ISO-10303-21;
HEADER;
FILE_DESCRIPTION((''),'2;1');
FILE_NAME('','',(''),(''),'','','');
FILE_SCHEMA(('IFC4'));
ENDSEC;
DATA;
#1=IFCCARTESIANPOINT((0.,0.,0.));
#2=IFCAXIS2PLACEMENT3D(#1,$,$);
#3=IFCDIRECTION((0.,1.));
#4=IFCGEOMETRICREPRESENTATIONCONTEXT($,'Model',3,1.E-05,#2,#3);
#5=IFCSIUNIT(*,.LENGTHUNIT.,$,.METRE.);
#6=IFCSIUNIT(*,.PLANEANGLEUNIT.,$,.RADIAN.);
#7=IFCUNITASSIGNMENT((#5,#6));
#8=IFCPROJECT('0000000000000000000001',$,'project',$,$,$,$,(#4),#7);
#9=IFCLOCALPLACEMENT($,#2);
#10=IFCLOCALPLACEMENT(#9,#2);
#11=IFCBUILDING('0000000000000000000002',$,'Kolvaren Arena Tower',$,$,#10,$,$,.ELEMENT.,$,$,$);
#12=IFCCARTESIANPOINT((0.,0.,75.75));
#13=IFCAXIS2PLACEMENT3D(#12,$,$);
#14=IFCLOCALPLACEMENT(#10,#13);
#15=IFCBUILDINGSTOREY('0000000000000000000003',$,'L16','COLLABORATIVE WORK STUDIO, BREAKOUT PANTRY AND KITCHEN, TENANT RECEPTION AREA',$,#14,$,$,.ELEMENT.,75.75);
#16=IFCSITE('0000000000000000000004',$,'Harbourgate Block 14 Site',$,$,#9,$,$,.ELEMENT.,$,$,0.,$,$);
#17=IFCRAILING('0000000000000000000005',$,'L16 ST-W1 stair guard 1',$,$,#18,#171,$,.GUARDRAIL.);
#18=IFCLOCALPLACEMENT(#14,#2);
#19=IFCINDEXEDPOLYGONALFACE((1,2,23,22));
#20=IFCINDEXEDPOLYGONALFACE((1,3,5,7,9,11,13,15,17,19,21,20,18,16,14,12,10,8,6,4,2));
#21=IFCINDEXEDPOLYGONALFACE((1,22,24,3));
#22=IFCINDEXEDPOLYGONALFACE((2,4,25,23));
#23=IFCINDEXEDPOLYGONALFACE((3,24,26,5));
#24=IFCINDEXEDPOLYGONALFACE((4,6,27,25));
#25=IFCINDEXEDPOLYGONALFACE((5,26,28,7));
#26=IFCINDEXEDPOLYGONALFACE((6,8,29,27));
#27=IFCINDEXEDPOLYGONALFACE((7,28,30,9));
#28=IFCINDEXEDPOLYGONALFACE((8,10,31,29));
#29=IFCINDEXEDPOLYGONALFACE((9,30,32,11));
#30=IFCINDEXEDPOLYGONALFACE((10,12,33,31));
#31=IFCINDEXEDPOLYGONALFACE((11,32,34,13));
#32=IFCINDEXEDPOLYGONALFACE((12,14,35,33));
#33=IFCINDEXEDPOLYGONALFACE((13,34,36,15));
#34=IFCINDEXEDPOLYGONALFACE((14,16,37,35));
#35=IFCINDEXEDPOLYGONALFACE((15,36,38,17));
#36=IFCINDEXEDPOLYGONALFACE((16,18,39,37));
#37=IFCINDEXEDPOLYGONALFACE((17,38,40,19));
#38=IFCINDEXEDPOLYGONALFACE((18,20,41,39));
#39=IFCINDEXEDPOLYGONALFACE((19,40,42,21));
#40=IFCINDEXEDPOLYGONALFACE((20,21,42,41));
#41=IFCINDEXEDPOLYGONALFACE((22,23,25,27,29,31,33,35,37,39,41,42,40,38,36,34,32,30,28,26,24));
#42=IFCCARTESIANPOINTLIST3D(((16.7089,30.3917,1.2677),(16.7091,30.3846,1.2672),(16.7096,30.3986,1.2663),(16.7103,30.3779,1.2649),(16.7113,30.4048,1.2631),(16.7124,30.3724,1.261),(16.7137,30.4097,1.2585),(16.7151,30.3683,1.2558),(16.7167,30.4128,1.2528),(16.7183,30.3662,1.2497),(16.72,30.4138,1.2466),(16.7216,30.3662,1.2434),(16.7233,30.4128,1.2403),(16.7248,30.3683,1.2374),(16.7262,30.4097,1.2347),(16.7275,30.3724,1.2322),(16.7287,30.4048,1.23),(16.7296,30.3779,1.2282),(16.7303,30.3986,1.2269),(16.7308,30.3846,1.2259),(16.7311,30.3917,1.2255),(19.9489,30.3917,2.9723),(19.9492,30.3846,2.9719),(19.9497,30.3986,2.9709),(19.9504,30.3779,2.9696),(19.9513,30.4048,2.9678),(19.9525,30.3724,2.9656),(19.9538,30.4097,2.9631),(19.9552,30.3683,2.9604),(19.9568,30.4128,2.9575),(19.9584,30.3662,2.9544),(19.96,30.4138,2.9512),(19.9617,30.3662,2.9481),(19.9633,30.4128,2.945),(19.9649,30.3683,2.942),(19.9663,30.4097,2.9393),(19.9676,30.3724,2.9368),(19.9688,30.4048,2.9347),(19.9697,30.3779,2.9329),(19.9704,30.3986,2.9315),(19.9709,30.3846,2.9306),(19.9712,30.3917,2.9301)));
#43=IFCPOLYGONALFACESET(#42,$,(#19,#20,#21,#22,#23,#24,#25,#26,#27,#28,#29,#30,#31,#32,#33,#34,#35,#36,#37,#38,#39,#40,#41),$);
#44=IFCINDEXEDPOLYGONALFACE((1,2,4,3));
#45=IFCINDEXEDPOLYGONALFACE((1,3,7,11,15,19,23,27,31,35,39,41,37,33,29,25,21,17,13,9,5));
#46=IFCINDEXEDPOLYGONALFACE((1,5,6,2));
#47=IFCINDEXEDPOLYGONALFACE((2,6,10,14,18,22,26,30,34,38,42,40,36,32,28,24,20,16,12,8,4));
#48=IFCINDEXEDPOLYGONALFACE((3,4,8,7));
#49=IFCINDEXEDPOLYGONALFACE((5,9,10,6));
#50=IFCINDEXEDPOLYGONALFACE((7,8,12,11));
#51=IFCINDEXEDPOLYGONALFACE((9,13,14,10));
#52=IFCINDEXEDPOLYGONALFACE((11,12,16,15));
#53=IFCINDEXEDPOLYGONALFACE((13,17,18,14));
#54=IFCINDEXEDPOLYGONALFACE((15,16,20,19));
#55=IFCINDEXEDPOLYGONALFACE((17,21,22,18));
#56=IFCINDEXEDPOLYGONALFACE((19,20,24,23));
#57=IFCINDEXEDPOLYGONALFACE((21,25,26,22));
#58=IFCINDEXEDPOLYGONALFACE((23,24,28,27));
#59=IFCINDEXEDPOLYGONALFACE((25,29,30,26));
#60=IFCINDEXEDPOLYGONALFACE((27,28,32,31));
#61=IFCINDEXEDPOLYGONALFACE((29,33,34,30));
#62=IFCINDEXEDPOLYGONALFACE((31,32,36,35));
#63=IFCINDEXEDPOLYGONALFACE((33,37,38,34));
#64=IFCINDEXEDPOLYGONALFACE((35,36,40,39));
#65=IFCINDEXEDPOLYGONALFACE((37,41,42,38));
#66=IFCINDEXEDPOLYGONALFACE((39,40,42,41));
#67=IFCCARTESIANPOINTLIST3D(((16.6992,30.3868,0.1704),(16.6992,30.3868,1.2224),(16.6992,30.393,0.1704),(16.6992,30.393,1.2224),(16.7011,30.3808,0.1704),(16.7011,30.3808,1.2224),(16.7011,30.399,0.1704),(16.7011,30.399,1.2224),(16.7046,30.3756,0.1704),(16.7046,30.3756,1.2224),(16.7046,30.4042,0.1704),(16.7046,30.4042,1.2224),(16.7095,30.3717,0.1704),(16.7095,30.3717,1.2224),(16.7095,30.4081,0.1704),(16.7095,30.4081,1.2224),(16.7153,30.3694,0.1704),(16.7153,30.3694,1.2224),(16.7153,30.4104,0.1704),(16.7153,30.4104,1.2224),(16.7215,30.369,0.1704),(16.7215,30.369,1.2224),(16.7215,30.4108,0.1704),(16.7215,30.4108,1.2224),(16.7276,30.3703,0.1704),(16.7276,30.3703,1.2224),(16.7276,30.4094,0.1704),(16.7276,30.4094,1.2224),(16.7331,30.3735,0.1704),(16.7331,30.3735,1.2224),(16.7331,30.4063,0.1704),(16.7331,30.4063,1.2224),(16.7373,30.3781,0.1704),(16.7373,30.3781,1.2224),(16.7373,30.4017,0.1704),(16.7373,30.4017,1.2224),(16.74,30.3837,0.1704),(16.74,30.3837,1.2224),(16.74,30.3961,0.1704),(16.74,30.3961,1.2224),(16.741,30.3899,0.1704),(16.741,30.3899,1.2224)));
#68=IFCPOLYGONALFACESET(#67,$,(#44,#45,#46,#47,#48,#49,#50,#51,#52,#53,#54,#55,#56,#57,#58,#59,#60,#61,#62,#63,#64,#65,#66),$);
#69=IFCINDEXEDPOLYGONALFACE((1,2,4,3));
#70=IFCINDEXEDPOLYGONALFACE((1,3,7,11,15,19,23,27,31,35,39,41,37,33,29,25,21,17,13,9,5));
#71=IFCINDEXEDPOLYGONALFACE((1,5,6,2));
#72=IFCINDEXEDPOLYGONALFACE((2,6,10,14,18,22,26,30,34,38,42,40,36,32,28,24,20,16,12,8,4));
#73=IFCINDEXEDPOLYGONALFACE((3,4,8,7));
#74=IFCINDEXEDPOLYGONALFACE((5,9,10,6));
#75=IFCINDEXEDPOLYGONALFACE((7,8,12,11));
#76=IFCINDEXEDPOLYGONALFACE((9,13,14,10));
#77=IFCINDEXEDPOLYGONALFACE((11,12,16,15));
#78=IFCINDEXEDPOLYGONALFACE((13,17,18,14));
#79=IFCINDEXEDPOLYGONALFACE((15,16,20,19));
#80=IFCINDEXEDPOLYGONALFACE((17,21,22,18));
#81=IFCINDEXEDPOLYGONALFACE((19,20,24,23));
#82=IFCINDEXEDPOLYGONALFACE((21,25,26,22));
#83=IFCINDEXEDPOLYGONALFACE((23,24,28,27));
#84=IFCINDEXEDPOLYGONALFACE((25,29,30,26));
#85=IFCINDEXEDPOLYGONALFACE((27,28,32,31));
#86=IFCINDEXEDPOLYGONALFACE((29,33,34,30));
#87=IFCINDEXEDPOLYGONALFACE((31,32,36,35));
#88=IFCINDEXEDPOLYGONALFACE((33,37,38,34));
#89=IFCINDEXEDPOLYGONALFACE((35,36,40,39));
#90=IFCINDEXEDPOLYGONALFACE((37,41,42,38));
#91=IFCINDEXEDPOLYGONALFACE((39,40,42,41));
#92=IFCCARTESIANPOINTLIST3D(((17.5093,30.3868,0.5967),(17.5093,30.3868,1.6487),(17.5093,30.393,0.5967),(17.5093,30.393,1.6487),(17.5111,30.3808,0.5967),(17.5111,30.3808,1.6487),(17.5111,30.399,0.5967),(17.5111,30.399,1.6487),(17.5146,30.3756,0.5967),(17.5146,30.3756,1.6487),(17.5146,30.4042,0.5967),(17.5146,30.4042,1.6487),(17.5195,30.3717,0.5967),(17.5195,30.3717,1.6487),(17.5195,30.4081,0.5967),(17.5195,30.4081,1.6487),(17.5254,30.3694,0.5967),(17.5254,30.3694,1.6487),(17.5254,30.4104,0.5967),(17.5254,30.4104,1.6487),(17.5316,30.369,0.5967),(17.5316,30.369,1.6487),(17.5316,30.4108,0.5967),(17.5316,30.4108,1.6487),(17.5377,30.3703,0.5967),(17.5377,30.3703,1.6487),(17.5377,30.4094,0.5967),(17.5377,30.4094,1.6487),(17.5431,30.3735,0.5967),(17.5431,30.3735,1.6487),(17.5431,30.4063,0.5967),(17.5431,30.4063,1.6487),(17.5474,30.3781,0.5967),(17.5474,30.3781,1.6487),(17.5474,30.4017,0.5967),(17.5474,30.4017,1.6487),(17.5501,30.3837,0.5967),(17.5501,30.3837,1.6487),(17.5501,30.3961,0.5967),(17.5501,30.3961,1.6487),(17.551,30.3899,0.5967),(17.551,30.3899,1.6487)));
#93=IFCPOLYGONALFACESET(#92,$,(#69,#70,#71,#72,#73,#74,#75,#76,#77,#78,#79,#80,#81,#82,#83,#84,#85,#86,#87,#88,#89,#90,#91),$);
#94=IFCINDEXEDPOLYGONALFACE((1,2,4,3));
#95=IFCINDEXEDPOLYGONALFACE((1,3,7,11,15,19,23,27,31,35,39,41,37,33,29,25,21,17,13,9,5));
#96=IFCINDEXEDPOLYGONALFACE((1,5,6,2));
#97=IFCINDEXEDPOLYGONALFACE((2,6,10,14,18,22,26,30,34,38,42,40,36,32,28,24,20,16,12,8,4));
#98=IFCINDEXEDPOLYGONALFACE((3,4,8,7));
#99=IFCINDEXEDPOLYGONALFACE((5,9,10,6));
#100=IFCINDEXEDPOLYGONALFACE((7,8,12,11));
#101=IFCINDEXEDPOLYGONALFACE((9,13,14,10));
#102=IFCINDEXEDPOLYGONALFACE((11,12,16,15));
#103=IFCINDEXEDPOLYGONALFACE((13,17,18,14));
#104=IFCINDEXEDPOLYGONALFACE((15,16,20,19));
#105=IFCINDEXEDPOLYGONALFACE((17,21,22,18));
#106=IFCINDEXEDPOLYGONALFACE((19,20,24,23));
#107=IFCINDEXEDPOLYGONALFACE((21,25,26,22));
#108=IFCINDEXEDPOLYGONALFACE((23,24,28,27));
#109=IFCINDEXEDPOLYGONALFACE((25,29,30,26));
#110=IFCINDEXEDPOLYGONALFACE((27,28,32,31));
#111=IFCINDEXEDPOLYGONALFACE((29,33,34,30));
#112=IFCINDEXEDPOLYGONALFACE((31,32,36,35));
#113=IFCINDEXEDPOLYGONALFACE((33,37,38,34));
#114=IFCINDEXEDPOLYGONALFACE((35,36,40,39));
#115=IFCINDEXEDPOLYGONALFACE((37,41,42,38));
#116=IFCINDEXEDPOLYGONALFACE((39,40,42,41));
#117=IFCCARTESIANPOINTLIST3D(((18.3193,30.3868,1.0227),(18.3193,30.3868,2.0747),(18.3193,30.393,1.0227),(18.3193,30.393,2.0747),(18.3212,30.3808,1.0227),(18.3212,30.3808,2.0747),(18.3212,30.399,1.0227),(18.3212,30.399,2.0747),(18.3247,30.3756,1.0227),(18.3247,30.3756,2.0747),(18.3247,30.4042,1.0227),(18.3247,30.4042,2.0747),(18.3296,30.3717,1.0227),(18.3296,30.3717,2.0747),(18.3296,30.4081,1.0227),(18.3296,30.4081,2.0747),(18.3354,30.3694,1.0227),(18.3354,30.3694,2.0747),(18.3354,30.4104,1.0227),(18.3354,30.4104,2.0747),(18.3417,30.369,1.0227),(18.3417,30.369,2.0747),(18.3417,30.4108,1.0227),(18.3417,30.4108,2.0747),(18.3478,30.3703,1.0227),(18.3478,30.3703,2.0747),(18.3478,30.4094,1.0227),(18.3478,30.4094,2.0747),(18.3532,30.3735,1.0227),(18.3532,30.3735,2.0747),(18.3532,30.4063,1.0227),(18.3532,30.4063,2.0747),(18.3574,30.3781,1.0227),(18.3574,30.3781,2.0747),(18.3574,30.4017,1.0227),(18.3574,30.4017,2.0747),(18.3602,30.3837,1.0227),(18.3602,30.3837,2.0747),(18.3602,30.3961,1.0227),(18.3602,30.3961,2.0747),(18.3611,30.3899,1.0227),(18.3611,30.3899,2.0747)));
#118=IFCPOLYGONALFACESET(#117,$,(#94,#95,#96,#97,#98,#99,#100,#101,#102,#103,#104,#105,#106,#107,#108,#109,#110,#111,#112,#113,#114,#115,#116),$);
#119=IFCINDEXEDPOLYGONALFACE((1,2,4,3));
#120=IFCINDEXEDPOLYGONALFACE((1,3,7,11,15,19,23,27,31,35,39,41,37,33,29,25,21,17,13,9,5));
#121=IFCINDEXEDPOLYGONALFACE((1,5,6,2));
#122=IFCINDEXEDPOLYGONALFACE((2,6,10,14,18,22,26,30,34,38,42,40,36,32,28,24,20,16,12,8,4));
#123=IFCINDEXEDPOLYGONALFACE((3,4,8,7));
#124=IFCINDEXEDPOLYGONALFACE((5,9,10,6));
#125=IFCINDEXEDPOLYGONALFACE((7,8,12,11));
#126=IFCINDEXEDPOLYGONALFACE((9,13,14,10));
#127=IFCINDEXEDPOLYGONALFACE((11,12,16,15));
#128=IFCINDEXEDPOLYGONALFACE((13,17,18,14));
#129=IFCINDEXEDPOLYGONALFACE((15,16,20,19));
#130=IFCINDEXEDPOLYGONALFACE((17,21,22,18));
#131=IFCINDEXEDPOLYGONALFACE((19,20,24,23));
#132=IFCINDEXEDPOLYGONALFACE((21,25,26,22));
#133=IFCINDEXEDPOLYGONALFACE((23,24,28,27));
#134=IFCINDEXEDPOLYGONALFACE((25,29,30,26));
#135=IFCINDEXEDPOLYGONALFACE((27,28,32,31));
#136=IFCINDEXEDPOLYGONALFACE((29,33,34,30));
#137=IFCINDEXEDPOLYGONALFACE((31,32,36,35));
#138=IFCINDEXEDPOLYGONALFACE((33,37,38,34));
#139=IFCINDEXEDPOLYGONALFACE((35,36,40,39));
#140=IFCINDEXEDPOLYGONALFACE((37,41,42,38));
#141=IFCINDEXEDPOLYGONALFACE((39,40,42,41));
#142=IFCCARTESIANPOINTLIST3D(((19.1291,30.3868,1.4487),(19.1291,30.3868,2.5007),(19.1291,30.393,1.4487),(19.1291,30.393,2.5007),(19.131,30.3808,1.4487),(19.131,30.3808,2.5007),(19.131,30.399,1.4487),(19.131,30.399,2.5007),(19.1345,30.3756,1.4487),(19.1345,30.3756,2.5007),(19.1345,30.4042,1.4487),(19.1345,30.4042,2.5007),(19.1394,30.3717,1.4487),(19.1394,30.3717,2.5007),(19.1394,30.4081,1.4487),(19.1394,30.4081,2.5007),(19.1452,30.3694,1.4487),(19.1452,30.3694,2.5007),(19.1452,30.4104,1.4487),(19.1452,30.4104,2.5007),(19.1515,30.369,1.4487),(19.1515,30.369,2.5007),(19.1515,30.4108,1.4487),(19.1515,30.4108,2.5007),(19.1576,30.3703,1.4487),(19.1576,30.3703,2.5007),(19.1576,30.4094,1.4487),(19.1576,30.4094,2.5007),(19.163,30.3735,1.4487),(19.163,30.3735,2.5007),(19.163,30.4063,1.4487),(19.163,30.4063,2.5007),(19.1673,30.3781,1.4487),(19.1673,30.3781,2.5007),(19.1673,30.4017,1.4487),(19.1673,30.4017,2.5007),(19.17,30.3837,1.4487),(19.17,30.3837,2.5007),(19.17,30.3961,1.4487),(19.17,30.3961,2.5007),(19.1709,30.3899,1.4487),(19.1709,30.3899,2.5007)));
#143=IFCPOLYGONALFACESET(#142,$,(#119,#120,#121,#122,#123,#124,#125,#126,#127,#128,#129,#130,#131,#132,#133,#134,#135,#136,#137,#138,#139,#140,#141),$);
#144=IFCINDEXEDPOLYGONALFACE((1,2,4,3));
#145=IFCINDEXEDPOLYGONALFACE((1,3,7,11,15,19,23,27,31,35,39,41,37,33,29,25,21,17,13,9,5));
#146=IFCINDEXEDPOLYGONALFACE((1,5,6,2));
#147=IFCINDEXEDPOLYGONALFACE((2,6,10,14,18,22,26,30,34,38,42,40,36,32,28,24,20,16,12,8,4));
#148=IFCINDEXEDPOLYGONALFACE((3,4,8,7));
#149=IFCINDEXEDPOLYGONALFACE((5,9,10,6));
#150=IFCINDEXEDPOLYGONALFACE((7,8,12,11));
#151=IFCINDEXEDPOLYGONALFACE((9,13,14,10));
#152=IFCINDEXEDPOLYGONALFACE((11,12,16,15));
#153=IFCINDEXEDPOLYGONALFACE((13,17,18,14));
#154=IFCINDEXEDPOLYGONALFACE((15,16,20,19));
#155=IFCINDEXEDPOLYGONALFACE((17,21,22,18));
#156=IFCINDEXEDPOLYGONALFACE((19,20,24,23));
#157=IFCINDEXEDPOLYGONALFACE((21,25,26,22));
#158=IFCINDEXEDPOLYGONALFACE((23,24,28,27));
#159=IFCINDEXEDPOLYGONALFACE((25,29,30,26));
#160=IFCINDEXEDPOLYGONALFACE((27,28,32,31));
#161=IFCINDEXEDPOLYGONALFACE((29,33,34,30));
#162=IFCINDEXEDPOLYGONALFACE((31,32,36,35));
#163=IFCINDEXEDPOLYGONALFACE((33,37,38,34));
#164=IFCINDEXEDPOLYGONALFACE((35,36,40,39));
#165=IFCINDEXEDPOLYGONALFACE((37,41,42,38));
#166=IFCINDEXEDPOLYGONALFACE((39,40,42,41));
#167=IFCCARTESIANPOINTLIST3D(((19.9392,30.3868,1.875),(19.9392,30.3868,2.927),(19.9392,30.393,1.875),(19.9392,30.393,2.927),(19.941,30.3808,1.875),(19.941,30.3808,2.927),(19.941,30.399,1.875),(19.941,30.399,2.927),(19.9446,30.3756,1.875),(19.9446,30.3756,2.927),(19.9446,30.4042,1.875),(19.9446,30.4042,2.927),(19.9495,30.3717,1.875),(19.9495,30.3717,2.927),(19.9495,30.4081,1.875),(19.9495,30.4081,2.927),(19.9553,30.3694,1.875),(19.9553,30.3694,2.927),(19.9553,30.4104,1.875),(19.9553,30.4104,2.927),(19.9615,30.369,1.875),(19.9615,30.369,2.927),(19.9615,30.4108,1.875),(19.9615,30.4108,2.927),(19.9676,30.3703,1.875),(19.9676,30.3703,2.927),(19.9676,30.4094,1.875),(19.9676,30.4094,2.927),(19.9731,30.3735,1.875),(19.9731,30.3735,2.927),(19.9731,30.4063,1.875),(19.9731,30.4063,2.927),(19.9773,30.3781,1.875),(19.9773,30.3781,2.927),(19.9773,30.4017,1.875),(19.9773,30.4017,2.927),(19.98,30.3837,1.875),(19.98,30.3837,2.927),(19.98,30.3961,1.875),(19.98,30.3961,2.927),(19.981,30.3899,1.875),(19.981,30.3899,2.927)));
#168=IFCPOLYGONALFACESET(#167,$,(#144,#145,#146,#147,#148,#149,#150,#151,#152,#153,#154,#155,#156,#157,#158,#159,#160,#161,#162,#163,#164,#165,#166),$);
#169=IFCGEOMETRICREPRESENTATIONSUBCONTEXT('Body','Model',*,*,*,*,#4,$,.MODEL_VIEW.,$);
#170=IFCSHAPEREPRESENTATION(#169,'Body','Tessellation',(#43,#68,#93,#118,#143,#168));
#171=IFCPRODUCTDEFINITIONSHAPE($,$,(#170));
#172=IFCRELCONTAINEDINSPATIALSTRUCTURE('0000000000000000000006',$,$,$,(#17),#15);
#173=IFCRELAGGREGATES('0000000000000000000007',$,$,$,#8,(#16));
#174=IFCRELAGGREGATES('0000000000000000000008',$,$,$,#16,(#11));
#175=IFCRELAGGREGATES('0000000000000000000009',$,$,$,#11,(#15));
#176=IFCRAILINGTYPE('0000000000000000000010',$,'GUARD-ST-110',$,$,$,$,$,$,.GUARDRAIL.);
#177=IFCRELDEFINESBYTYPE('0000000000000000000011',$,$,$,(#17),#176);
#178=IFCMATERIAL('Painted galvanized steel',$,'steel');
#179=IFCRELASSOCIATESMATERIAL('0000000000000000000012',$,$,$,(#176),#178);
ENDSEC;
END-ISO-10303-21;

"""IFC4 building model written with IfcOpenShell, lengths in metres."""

from ifc_helpers import new_model, si_unit, direction, frame, origin, origin_2d, place, context, subcontext, project, spatial, circle, extrude, material, type_object, element, save


model = new_model("IFC4")

# Units and contexts
model_context = context("Model", 3, precision=1e-05, world=origin(), true_north=direction((0.0, 1.0)))
body_context = subcontext(model_context, "Body", "Model", "MODEL_VIEW")
ifc_project = project(units=[si_unit("LENGTHUNIT", "METRE"), si_unit("PLANEANGLEUNIT", "RADIAN")], contexts=[model_context])

# Site, building, storey
site_placement = place(None, origin())
site = spatial("IfcSite", under=ifc_project, at=site_placement, Name="Harbourgate Block 14 Site", CompositionType="ELEMENT", RefElevation=0.0)
building_placement = place(site_placement, origin())
building = spatial("IfcBuilding", under=site, at=building_placement, Name="Kolvaren Arena Tower", CompositionType="ELEMENT")
storey_placement = place(building_placement, frame((0.0, 0.0, 75.75)))
storey = spatial("IfcBuildingStorey", under=building, at=storey_placement, Name="L16", Description="COLLABORATIVE WORK STUDIO, BREAKOUT PANTRY AND KITCHEN, TENANT RECEPTION AREA", CompositionType="ELEMENT", Elevation=75.75)

# Railing
ifc_material_1 = material(Name="Painted galvanized steel", Category="steel")
railing_type = type_object("IfcRailingType", Name="GUARD-ST-110", PredefinedType="GUARDRAIL", material=ifc_material_1)
railing_1_placement = place(storey_placement, frame((16.72, 30.3899, 0.1704)))
element("IfcRailing", 1, at=railing_1_placement, inside=storey, type_object=railing_type, Name="L16 ST-W1 stair guard 1", PredefinedType="GUARDRAIL", context=body_context, shape_type="SweptSolid", body=[
    extrude(circle(Radius=0.0239, at=origin_2d()), frame((0.0, 0.0, 1.0762), z_axis=(0.884993, 0.0, 0.465604), x_axis=(0.0, 1.0, 0.0)), (0.0, 0.0, 1.0), 3.6611),
    extrude(circle(Radius=0.021, at=origin_2d()), origin(), (0.0, 0.0, 1.0), 1.052),
    extrude(circle(Radius=0.021, at=origin_2d()), frame((0.8101, 0.0, 0.4263)), (0.0, 0.0, 1.0), 1.052),
    extrude(circle(Radius=0.021, at=origin_2d()), frame((1.6201, 0.0, 0.8523)), (0.0, 0.0, 1.0), 1.052),
    extrude(circle(Radius=0.021, at=origin_2d()), frame((2.4299, 0.0, 1.2783)), (0.0, 0.0, 1.0), 1.052),
    extrude(circle(Radius=0.021, at=origin_2d()), frame((3.24, 0.0, 1.7046)), (0.0, 0.0, 1.0), 1.052),
])

save(model, "model.ifc")
